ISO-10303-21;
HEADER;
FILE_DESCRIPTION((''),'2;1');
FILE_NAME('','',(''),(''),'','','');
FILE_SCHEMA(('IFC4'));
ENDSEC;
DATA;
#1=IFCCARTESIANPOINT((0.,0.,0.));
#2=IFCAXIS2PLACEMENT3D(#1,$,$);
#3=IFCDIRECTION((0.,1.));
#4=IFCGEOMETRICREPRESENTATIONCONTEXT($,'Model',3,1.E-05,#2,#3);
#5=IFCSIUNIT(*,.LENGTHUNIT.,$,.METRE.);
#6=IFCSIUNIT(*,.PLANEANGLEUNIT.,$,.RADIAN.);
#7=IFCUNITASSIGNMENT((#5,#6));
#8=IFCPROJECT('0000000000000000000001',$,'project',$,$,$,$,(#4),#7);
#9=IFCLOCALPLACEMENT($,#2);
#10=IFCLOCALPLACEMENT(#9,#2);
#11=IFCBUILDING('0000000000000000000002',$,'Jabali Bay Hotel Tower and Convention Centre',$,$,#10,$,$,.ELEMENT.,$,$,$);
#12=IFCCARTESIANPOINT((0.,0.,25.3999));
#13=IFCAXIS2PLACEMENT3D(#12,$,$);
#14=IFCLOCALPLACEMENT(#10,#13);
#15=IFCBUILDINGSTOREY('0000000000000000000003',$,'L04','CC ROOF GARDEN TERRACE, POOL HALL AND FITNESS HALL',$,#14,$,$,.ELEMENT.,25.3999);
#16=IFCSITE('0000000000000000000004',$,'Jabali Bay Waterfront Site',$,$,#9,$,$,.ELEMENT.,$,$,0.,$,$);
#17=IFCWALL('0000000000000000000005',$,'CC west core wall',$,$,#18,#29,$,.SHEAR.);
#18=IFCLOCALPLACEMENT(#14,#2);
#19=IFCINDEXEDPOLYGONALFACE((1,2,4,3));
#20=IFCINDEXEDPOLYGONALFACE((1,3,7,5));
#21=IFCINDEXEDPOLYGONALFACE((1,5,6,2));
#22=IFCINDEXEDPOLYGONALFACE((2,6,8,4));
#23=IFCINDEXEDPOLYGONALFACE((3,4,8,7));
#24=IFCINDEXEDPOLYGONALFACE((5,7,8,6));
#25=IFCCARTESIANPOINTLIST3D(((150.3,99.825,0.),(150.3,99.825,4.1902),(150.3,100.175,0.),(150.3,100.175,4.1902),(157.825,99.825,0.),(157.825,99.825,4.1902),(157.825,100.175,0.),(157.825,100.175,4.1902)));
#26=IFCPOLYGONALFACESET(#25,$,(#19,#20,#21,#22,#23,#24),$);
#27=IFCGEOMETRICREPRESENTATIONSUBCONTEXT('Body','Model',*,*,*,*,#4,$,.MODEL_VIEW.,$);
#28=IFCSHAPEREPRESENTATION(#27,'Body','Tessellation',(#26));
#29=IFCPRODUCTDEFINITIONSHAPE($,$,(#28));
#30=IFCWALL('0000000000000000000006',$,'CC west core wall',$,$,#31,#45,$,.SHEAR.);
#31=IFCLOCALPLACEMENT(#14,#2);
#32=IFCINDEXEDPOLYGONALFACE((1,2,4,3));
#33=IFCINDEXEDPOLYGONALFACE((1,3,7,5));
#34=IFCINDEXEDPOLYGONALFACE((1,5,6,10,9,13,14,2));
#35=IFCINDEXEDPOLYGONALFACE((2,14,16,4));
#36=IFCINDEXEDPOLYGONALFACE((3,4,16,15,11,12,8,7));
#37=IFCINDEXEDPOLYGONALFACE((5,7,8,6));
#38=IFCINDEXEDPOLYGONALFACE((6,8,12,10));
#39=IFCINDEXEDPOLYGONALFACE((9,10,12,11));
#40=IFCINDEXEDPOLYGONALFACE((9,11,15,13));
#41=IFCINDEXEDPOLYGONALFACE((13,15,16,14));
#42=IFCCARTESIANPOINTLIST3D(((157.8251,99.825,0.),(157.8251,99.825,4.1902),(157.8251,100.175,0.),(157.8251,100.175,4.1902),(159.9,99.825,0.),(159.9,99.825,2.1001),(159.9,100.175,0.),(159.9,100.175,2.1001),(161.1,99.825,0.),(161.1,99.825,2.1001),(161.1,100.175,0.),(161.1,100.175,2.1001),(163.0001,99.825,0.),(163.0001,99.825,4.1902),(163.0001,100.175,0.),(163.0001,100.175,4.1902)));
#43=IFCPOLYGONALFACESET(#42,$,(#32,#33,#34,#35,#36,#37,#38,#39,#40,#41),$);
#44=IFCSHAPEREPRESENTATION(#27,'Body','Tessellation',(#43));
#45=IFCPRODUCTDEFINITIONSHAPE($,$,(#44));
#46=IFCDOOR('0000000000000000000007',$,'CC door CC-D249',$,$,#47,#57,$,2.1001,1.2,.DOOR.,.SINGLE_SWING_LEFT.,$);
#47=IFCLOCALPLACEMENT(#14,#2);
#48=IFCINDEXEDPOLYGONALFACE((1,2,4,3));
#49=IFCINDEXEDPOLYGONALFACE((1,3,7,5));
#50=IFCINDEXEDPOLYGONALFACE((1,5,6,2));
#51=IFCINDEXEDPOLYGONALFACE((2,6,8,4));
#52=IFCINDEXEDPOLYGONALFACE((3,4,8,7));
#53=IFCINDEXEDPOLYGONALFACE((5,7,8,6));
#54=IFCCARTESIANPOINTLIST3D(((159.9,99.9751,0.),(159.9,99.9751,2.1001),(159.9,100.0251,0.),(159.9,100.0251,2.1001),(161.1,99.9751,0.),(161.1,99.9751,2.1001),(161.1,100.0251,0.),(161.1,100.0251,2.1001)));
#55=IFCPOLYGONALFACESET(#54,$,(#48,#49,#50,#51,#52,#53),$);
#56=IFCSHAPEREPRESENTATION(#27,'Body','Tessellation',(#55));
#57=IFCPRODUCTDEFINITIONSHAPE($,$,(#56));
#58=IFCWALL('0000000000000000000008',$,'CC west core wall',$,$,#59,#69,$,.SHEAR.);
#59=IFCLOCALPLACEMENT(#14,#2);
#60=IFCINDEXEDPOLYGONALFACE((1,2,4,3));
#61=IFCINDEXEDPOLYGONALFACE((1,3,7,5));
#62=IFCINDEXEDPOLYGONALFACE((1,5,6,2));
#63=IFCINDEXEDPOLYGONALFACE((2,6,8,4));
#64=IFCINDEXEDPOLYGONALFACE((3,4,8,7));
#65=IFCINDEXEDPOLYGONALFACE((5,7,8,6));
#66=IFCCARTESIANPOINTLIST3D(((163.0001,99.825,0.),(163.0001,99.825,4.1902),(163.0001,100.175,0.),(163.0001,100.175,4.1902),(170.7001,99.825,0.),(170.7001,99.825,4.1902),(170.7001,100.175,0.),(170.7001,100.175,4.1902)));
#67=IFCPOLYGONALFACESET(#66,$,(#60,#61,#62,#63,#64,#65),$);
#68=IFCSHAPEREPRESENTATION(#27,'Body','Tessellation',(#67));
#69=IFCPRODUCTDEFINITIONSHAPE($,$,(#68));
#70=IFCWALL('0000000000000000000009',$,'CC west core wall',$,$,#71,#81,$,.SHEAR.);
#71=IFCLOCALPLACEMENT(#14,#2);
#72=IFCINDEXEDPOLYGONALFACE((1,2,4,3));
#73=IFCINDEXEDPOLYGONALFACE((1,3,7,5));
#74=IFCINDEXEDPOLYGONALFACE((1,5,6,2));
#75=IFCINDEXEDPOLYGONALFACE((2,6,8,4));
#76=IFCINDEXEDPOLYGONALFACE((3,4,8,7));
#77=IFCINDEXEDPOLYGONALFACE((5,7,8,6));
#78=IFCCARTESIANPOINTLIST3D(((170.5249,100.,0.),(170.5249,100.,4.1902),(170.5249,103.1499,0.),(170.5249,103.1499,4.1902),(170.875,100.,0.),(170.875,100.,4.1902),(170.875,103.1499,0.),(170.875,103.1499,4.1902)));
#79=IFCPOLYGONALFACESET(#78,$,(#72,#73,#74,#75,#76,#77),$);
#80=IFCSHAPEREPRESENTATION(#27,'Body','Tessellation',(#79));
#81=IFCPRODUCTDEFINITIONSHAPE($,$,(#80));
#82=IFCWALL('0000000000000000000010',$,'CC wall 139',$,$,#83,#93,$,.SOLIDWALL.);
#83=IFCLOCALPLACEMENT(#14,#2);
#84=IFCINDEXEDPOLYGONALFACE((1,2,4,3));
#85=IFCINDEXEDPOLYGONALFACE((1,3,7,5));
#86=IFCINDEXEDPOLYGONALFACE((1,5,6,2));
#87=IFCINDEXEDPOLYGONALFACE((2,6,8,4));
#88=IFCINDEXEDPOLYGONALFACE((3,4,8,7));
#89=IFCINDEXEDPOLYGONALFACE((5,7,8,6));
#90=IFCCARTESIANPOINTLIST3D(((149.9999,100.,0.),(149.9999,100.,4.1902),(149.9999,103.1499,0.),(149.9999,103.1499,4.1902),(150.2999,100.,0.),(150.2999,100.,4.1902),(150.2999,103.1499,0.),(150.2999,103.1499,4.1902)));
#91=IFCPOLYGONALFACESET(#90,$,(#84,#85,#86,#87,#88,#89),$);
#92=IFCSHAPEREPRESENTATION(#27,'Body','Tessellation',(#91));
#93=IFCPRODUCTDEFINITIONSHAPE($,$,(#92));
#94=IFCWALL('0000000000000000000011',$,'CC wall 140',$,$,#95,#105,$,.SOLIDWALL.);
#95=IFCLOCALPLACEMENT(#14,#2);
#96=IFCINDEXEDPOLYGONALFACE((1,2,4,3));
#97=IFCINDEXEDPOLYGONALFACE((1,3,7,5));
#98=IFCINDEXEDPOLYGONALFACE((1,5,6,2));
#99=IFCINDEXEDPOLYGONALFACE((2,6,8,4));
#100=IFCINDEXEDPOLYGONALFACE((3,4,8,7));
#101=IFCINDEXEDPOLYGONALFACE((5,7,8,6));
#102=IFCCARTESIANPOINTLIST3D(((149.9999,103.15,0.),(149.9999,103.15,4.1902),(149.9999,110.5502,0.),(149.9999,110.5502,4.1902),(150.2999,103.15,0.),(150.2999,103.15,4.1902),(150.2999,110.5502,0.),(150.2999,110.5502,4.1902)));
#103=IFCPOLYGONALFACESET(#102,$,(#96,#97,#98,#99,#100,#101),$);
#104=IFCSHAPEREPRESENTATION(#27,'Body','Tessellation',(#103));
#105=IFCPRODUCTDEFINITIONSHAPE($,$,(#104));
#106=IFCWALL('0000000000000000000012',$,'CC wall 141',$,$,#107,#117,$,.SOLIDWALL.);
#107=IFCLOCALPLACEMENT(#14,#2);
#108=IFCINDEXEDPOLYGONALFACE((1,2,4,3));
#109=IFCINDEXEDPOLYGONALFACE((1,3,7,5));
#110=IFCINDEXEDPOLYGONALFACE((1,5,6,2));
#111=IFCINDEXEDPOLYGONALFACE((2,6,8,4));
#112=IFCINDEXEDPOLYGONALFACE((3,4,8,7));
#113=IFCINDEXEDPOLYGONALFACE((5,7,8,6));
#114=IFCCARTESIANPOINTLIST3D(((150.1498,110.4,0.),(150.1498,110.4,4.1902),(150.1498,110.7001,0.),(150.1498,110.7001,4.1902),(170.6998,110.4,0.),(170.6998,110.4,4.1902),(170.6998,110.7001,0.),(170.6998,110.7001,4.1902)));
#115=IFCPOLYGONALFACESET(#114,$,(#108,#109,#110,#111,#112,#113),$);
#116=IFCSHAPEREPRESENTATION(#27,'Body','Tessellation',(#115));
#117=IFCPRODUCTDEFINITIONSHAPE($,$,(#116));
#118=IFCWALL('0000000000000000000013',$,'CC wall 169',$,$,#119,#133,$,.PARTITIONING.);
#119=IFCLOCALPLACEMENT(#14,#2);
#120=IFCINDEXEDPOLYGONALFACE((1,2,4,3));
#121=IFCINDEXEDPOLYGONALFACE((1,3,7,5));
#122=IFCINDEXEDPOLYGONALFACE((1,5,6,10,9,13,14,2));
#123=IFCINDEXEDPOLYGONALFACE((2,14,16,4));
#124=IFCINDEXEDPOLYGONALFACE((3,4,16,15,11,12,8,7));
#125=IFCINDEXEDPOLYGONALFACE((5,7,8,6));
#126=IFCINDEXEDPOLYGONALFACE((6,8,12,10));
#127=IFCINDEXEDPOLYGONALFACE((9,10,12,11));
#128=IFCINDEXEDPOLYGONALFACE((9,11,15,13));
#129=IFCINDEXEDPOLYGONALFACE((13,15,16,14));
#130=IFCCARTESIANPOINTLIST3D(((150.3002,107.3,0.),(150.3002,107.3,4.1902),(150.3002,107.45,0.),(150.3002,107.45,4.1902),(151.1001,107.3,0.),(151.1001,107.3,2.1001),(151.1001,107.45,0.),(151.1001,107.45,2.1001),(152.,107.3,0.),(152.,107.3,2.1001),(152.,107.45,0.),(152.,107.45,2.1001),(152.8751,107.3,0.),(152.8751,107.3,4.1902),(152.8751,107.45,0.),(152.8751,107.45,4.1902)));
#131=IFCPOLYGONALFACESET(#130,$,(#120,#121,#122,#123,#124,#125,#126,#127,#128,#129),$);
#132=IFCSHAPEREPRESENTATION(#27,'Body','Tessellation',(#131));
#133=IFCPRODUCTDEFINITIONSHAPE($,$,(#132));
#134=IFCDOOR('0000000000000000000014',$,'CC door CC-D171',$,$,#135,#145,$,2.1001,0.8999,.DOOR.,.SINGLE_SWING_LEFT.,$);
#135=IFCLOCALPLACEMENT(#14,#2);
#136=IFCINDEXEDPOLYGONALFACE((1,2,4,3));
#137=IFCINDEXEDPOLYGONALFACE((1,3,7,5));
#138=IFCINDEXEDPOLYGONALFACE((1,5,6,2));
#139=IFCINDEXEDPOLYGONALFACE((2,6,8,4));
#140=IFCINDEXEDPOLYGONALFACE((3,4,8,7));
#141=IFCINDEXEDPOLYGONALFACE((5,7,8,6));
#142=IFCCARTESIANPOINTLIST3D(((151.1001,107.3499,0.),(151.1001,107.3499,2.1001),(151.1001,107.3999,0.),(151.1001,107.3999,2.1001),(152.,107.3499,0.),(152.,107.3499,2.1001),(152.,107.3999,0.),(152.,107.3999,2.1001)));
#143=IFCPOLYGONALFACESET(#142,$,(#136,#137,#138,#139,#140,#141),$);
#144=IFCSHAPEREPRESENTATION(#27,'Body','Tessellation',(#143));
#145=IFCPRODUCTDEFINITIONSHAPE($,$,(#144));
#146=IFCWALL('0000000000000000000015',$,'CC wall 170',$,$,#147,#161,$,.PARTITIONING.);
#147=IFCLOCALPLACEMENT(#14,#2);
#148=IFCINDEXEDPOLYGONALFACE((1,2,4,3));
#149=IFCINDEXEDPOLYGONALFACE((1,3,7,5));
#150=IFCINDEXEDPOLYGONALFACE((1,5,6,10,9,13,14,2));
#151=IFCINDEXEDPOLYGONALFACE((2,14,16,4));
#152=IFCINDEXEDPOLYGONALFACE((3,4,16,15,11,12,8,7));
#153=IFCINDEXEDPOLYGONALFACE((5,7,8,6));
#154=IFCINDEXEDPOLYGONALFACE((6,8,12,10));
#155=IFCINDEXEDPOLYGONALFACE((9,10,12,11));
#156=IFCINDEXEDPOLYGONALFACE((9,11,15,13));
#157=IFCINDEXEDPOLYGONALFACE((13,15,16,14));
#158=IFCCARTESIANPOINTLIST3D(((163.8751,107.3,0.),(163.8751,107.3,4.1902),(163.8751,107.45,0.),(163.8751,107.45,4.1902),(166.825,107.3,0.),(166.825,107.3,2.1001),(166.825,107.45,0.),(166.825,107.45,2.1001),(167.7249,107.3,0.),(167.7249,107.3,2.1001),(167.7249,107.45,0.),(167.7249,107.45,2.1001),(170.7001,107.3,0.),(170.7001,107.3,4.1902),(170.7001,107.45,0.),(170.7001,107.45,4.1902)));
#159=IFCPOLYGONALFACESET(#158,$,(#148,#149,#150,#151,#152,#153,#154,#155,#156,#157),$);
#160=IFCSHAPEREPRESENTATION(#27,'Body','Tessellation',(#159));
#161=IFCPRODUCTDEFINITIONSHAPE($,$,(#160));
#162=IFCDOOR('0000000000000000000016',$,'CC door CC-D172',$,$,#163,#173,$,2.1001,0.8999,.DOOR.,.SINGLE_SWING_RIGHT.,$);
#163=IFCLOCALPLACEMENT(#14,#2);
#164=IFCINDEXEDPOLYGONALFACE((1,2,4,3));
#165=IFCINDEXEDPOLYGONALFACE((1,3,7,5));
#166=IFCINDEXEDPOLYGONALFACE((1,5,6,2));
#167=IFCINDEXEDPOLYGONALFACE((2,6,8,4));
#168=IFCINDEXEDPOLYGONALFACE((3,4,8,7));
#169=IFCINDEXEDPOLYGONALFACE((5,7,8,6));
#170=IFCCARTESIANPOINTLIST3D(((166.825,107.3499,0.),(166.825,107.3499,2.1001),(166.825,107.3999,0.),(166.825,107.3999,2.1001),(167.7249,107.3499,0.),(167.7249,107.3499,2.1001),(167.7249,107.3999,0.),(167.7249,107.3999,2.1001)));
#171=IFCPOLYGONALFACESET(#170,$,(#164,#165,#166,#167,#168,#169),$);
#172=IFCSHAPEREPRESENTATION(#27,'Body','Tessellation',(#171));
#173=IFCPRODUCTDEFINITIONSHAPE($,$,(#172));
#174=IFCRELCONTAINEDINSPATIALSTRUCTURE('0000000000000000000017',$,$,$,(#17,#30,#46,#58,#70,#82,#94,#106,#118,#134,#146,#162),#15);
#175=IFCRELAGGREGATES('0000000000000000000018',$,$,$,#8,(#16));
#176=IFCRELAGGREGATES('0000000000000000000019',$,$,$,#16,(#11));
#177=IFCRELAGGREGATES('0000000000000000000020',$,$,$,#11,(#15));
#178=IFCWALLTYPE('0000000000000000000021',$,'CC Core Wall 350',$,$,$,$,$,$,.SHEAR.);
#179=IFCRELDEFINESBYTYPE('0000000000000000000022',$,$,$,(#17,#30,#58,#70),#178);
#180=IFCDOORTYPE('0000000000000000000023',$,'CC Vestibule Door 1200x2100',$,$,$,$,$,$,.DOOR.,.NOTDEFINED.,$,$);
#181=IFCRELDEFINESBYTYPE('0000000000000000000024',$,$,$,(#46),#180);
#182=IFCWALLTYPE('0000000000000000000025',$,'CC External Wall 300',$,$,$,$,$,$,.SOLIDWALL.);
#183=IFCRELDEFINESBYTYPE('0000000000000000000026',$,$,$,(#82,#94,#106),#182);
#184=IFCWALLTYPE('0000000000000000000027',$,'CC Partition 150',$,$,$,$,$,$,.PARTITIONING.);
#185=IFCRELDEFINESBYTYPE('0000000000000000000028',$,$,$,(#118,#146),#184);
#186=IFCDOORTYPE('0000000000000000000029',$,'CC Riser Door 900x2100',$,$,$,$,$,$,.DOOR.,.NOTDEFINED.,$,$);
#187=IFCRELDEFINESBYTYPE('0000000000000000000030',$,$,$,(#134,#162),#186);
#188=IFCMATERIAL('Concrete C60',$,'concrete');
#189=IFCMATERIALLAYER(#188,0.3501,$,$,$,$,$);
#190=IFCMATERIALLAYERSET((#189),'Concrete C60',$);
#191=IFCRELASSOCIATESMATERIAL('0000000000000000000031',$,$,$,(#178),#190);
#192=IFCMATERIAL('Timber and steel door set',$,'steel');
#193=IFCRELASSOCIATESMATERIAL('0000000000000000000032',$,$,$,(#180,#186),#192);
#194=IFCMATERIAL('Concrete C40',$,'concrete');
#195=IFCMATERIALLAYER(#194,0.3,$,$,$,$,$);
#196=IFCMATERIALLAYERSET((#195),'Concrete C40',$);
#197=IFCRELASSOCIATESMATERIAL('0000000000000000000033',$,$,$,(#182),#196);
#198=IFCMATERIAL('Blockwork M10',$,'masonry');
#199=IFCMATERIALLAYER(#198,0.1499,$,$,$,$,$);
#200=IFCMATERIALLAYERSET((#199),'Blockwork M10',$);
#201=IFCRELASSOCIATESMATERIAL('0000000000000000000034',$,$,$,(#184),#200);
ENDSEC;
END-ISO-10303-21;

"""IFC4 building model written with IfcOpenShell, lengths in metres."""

from ifc_helpers import new_model, si_unit, direction, frame, frame_2d, origin, place, context, subcontext, project, spatial, rectangle, extrude, material, layer, layer_set, type_object, element, fill, save


model = new_model("IFC4")

# Units and contexts
model_context = context("Model", 3, precision=1e-05, world=origin(), true_north=direction((0.0, 1.0)))
body_context = subcontext(model_context, "Body", "Model", "MODEL_VIEW")
ifc_project = project(units=[si_unit("LENGTHUNIT", "METRE"), si_unit("PLANEANGLEUNIT", "RADIAN")], contexts=[model_context])

# Site, building, storey
site_placement = place(None, origin())
site = spatial("IfcSite", under=ifc_project, at=site_placement, Name="Jabali Bay Waterfront Site", CompositionType="ELEMENT", RefElevation=0.0)
building_placement = place(site_placement, origin())
building = spatial("IfcBuilding", under=site, at=building_placement, Name="Jabali Bay Hotel Tower and Convention Centre", CompositionType="ELEMENT")
storey_placement = place(building_placement, frame((0.0, 0.0, 25.3999)))
storey = spatial("IfcBuildingStorey", under=building, at=storey_placement, Name="L04", Description="CC ROOF GARDEN TERRACE, POOL HALL AND FITNESS HALL", CompositionType="ELEMENT", Elevation=25.3999)

# Wall
ifc_material_1 = material(Name="Concrete C60", Category="concrete")
ifc_layer_1 = layer(ifc_material_1, 0.3501)
ifc_layer_set_1 = layer_set([ifc_layer_1], Name="Concrete C60")
wall_type_1 = type_object("IfcWallType", Name="CC Core Wall 350", PredefinedType="SHEAR", material=ifc_layer_set_1)
wall_1_placement = place(storey_placement, frame((150.3, 100.0, 0.0), z_axis=(0.0, 0.0, 1.0), x_axis=(1.0, 0.0, 0.0)))
element("IfcWall", 1, at=wall_1_placement, inside=storey, type_object=wall_type_1, Name="CC west core wall", PredefinedType="SHEAR", context=body_context, shape_type="SweptSolid", body=[
    extrude(rectangle(XDim=7.5249, YDim=0.3501, at=frame_2d((3.7625, 0.0))), origin(), (0.0, 0.0, 1.0), 4.1902),
])

# Wall, opening, door
wall_2_placement = place(storey_placement, frame((163.0, 100.0, 0.0), z_axis=(0.0, 0.0, 1.0), x_axis=(-1.0, 0.0, 0.0)))
wall_2 = element("IfcWall", 2, at=wall_2_placement, inside=storey, type_object=wall_type_1, Name="CC west core wall", PredefinedType="SHEAR", context=body_context, shape_type="SweptSolid", body=[
    extrude(rectangle(XDim=5.175, YDim=0.3501, at=frame_2d((2.5874, 0.0))), origin(), (0.0, 0.0, 1.0), 4.1902),
])
opening_1_placement = place(wall_2_placement, frame((1.8999, 0.0, 0.0)))
opening_1 = element("IfcOpeningElement", 3, at=opening_1_placement, cuts=wall_2, PredefinedType="OPENING", context=body_context, shape_type="SweptSolid", body=[
    extrude(rectangle(XDim=1.2, YDim=2.1001, at=frame_2d((0.6001, 1.05))), frame((0.0, 0.1855, 0.0), z_axis=(0.0, -1.0, 0.0), x_axis=(1.0, 0.0, 0.0)), (0.0, 0.0, 1.0), 0.3711),
])
ifc_material_2 = material(Name="Timber and steel door set", Category="steel")
door_type_1 = type_object("IfcDoorType", Name="CC Vestibule Door 1200x2100", OperationType="NOTDEFINED", PredefinedType="DOOR", material=ifc_material_2)
door_1_placement = place(opening_1_placement, origin())
door_1 = element("IfcDoor", 4, at=door_1_placement, inside=storey, type_object=door_type_1, Name="CC door CC-D249", OperationType="SINGLE_SWING_LEFT", OverallHeight=2.1001, OverallWidth=1.2, PredefinedType="DOOR", context=body_context, shape_type="SweptSolid", body=[
    extrude(rectangle(XDim=1.2, YDim=2.1001, at=frame_2d((0.6001, 1.05))), frame((0.0, 0.0249, 0.0), z_axis=(0.0, -1.0, 0.0), x_axis=(1.0, 0.0, 0.0)), (0.0, 0.0, 1.0), 0.05),
])
fill(opening_1, door_1)

# Walls
wall_3_placement = place(storey_placement, frame((163.0, 100.0, 0.0), z_axis=(0.0, 0.0, 1.0), x_axis=(1.0, 0.0, 0.0)))
element("IfcWall", 5, at=wall_3_placement, inside=storey, type_object=wall_type_1, Name="CC west core wall", PredefinedType="SHEAR", context=body_context, shape_type="SweptSolid", body=[
    extrude(rectangle(XDim=7.7, YDim=0.3501, at=frame_2d((3.8501, 0.0))), origin(), (0.0, 0.0, 1.0), 4.1902),
])
wall_4_placement = place(storey_placement, frame((170.7, 100.0, 0.0), z_axis=(0.0, 0.0, 1.0), x_axis=(0.0, 1.0, 0.0)))
element("IfcWall", 6, at=wall_4_placement, inside=storey, type_object=wall_type_1, Name="CC west core wall", PredefinedType="SHEAR", context=body_context, shape_type="SweptSolid", body=[
    extrude(rectangle(XDim=3.1499, YDim=0.3501, at=frame_2d((1.575, 0.0))), origin(), (0.0, 0.0, 1.0), 4.1902),
])
ifc_material_3 = material(Name="Concrete C40", Category="concrete")
ifc_layer_2 = layer(ifc_material_3, 0.3)
ifc_layer_set_2 = layer_set([ifc_layer_2], Name="Concrete C40")
wall_type_2 = type_object("IfcWallType", Name="CC External Wall 300", PredefinedType="SOLIDWALL", material=ifc_layer_set_2)
wall_5_placement = place(storey_placement, frame((150.1499, 100.0, 0.0), z_axis=(0.0, 0.0, 1.0), x_axis=(0.0, 1.0, 0.0)))
element("IfcWall", 7, at=wall_5_placement, inside=storey, type_object=wall_type_2, Name="CC wall 139", PredefinedType="SOLIDWALL", context=body_context, shape_type="SweptSolid", body=[
    extrude(rectangle(XDim=3.1499, YDim=0.3, at=frame_2d((1.575, 0.0))), origin(), (0.0, 0.0, 1.0), 4.1902),
])
wall_6_placement = place(storey_placement, frame((150.1499, 103.1499, 0.0), z_axis=(0.0, 0.0, 1.0), x_axis=(0.0, 1.0, 0.0)))
element("IfcWall", 8, at=wall_6_placement, inside=storey, type_object=wall_type_2, Name="CC wall 140", PredefinedType="SOLIDWALL", context=body_context, shape_type="SweptSolid", body=[
    extrude(rectangle(XDim=7.4001, YDim=0.3, at=frame_2d((3.7002, 0.0))), origin(), (0.0, 0.0, 1.0), 4.1902),
])
wall_7_placement = place(storey_placement, frame((150.1499, 110.55, 0.0), z_axis=(0.0, 0.0, 1.0), x_axis=(1.0, 0.0, 0.0)))
element("IfcWall", 9, at=wall_7_placement, inside=storey, type_object=wall_type_2, Name="CC wall 141", PredefinedType="SOLIDWALL", context=body_context, shape_type="SweptSolid", body=[
    extrude(rectangle(XDim=20.55, YDim=0.3, at=frame_2d((10.2749, 0.0))), origin(), (0.0, 0.0, 1.0), 4.1902),
])

# Walls, openings, doors
ifc_material_4 = material(Name="Blockwork M10", Category="masonry")
ifc_layer_3 = layer(ifc_material_4, 0.1499)
ifc_layer_set_3 = layer_set([ifc_layer_3], Name="Blockwork M10")
wall_type_3 = type_object("IfcWallType", Name="CC Partition 150", PredefinedType="PARTITIONING", material=ifc_layer_set_3)
wall_8_placement = place(storey_placement, frame((150.3, 107.375, 0.0), z_axis=(0.0, 0.0, 1.0), x_axis=(1.0, 0.0, 0.0)))
wall_8 = element("IfcWall", 10, at=wall_8_placement, inside=storey, type_object=wall_type_3, Name="CC wall 169", PredefinedType="PARTITIONING", context=body_context, shape_type="SweptSolid", body=[
    extrude(rectangle(XDim=2.575, YDim=0.1499, at=frame_2d((1.2876, 0.0))), origin(), (0.0, 0.0, 1.0), 4.1902),
])
opening_2_placement = place(wall_8_placement, frame((0.8, 0.0, 0.0)))
opening_2 = element("IfcOpeningElement", 11, at=opening_2_placement, cuts=wall_8, PredefinedType="OPENING", context=body_context, shape_type="SweptSolid", body=[
    extrude(rectangle(XDim=0.8999, YDim=2.1001, at=frame_2d((0.45, 1.05))), frame((0.0, 0.0854, 0.0), z_axis=(0.0, -1.0, 0.0), x_axis=(1.0, 0.0, 0.0)), (0.0, 0.0, 1.0), 0.1709),
])
door_type_2 = type_object("IfcDoorType", Name="CC Riser Door 900x2100", OperationType="NOTDEFINED", PredefinedType="DOOR", material=ifc_material_2)
door_2_placement = place(opening_2_placement, origin())
door_2 = element("IfcDoor", 12, at=door_2_placement, inside=storey, type_object=door_type_2, Name="CC door CC-D171", OperationType="SINGLE_SWING_LEFT", OverallHeight=2.1001, OverallWidth=0.8999, PredefinedType="DOOR", context=body_context, shape_type="SweptSolid", body=[
    extrude(rectangle(XDim=0.8999, YDim=2.1001, at=frame_2d((0.45, 1.05))), frame((0.0, 0.0249, 0.0), z_axis=(0.0, -1.0, 0.0), x_axis=(1.0, 0.0, 0.0)), (0.0, 0.0, 1.0), 0.05),
])
fill(opening_2, door_2)
wall_9_placement = place(storey_placement, frame((163.875, 107.375, 0.0), z_axis=(0.0, 0.0, 1.0), x_axis=(1.0, 0.0, 0.0)))
wall_9 = element("IfcWall", 13, at=wall_9_placement, inside=storey, type_object=wall_type_3, Name="CC wall 170", PredefinedType="PARTITIONING", context=body_context, shape_type="SweptSolid", body=[
    extrude(rectangle(XDim=6.825, YDim=0.1499, at=frame_2d((3.4126, 0.0))), origin(), (0.0, 0.0, 1.0), 4.1902),
])
opening_3_placement = place(wall_9_placement, frame((2.95, 0.0, 0.0)))
opening_3 = element("IfcOpeningElement", 14, at=opening_3_placement, cuts=wall_9, PredefinedType="OPENING", context=body_context, shape_type="SweptSolid", body=[
    extrude(rectangle(XDim=0.8999, YDim=2.1001, at=frame_2d((0.45, 1.05))), frame((0.0, 0.0854, 0.0), z_axis=(0.0, -1.0, 0.0), x_axis=(1.0, 0.0, 0.0)), (0.0, 0.0, 1.0), 0.1709),
])
door_3_placement = place(opening_3_placement, origin())
door_3 = element("IfcDoor", 15, at=door_3_placement, inside=storey, type_object=door_type_2, Name="CC door CC-D172", OperationType="SINGLE_SWING_RIGHT", OverallHeight=2.1001, OverallWidth=0.8999, PredefinedType="DOOR", context=body_context, shape_type="SweptSolid", body=[
    extrude(rectangle(XDim=0.8999, YDim=2.1001, at=frame_2d((0.45, 1.05))), frame((0.0, 0.0249, 0.0), z_axis=(0.0, -1.0, 0.0), x_axis=(1.0, 0.0, 0.0)), (0.0, 0.0, 1.0), 0.05),
])
fill(opening_3, door_3)

save(model, "model.ifc")
